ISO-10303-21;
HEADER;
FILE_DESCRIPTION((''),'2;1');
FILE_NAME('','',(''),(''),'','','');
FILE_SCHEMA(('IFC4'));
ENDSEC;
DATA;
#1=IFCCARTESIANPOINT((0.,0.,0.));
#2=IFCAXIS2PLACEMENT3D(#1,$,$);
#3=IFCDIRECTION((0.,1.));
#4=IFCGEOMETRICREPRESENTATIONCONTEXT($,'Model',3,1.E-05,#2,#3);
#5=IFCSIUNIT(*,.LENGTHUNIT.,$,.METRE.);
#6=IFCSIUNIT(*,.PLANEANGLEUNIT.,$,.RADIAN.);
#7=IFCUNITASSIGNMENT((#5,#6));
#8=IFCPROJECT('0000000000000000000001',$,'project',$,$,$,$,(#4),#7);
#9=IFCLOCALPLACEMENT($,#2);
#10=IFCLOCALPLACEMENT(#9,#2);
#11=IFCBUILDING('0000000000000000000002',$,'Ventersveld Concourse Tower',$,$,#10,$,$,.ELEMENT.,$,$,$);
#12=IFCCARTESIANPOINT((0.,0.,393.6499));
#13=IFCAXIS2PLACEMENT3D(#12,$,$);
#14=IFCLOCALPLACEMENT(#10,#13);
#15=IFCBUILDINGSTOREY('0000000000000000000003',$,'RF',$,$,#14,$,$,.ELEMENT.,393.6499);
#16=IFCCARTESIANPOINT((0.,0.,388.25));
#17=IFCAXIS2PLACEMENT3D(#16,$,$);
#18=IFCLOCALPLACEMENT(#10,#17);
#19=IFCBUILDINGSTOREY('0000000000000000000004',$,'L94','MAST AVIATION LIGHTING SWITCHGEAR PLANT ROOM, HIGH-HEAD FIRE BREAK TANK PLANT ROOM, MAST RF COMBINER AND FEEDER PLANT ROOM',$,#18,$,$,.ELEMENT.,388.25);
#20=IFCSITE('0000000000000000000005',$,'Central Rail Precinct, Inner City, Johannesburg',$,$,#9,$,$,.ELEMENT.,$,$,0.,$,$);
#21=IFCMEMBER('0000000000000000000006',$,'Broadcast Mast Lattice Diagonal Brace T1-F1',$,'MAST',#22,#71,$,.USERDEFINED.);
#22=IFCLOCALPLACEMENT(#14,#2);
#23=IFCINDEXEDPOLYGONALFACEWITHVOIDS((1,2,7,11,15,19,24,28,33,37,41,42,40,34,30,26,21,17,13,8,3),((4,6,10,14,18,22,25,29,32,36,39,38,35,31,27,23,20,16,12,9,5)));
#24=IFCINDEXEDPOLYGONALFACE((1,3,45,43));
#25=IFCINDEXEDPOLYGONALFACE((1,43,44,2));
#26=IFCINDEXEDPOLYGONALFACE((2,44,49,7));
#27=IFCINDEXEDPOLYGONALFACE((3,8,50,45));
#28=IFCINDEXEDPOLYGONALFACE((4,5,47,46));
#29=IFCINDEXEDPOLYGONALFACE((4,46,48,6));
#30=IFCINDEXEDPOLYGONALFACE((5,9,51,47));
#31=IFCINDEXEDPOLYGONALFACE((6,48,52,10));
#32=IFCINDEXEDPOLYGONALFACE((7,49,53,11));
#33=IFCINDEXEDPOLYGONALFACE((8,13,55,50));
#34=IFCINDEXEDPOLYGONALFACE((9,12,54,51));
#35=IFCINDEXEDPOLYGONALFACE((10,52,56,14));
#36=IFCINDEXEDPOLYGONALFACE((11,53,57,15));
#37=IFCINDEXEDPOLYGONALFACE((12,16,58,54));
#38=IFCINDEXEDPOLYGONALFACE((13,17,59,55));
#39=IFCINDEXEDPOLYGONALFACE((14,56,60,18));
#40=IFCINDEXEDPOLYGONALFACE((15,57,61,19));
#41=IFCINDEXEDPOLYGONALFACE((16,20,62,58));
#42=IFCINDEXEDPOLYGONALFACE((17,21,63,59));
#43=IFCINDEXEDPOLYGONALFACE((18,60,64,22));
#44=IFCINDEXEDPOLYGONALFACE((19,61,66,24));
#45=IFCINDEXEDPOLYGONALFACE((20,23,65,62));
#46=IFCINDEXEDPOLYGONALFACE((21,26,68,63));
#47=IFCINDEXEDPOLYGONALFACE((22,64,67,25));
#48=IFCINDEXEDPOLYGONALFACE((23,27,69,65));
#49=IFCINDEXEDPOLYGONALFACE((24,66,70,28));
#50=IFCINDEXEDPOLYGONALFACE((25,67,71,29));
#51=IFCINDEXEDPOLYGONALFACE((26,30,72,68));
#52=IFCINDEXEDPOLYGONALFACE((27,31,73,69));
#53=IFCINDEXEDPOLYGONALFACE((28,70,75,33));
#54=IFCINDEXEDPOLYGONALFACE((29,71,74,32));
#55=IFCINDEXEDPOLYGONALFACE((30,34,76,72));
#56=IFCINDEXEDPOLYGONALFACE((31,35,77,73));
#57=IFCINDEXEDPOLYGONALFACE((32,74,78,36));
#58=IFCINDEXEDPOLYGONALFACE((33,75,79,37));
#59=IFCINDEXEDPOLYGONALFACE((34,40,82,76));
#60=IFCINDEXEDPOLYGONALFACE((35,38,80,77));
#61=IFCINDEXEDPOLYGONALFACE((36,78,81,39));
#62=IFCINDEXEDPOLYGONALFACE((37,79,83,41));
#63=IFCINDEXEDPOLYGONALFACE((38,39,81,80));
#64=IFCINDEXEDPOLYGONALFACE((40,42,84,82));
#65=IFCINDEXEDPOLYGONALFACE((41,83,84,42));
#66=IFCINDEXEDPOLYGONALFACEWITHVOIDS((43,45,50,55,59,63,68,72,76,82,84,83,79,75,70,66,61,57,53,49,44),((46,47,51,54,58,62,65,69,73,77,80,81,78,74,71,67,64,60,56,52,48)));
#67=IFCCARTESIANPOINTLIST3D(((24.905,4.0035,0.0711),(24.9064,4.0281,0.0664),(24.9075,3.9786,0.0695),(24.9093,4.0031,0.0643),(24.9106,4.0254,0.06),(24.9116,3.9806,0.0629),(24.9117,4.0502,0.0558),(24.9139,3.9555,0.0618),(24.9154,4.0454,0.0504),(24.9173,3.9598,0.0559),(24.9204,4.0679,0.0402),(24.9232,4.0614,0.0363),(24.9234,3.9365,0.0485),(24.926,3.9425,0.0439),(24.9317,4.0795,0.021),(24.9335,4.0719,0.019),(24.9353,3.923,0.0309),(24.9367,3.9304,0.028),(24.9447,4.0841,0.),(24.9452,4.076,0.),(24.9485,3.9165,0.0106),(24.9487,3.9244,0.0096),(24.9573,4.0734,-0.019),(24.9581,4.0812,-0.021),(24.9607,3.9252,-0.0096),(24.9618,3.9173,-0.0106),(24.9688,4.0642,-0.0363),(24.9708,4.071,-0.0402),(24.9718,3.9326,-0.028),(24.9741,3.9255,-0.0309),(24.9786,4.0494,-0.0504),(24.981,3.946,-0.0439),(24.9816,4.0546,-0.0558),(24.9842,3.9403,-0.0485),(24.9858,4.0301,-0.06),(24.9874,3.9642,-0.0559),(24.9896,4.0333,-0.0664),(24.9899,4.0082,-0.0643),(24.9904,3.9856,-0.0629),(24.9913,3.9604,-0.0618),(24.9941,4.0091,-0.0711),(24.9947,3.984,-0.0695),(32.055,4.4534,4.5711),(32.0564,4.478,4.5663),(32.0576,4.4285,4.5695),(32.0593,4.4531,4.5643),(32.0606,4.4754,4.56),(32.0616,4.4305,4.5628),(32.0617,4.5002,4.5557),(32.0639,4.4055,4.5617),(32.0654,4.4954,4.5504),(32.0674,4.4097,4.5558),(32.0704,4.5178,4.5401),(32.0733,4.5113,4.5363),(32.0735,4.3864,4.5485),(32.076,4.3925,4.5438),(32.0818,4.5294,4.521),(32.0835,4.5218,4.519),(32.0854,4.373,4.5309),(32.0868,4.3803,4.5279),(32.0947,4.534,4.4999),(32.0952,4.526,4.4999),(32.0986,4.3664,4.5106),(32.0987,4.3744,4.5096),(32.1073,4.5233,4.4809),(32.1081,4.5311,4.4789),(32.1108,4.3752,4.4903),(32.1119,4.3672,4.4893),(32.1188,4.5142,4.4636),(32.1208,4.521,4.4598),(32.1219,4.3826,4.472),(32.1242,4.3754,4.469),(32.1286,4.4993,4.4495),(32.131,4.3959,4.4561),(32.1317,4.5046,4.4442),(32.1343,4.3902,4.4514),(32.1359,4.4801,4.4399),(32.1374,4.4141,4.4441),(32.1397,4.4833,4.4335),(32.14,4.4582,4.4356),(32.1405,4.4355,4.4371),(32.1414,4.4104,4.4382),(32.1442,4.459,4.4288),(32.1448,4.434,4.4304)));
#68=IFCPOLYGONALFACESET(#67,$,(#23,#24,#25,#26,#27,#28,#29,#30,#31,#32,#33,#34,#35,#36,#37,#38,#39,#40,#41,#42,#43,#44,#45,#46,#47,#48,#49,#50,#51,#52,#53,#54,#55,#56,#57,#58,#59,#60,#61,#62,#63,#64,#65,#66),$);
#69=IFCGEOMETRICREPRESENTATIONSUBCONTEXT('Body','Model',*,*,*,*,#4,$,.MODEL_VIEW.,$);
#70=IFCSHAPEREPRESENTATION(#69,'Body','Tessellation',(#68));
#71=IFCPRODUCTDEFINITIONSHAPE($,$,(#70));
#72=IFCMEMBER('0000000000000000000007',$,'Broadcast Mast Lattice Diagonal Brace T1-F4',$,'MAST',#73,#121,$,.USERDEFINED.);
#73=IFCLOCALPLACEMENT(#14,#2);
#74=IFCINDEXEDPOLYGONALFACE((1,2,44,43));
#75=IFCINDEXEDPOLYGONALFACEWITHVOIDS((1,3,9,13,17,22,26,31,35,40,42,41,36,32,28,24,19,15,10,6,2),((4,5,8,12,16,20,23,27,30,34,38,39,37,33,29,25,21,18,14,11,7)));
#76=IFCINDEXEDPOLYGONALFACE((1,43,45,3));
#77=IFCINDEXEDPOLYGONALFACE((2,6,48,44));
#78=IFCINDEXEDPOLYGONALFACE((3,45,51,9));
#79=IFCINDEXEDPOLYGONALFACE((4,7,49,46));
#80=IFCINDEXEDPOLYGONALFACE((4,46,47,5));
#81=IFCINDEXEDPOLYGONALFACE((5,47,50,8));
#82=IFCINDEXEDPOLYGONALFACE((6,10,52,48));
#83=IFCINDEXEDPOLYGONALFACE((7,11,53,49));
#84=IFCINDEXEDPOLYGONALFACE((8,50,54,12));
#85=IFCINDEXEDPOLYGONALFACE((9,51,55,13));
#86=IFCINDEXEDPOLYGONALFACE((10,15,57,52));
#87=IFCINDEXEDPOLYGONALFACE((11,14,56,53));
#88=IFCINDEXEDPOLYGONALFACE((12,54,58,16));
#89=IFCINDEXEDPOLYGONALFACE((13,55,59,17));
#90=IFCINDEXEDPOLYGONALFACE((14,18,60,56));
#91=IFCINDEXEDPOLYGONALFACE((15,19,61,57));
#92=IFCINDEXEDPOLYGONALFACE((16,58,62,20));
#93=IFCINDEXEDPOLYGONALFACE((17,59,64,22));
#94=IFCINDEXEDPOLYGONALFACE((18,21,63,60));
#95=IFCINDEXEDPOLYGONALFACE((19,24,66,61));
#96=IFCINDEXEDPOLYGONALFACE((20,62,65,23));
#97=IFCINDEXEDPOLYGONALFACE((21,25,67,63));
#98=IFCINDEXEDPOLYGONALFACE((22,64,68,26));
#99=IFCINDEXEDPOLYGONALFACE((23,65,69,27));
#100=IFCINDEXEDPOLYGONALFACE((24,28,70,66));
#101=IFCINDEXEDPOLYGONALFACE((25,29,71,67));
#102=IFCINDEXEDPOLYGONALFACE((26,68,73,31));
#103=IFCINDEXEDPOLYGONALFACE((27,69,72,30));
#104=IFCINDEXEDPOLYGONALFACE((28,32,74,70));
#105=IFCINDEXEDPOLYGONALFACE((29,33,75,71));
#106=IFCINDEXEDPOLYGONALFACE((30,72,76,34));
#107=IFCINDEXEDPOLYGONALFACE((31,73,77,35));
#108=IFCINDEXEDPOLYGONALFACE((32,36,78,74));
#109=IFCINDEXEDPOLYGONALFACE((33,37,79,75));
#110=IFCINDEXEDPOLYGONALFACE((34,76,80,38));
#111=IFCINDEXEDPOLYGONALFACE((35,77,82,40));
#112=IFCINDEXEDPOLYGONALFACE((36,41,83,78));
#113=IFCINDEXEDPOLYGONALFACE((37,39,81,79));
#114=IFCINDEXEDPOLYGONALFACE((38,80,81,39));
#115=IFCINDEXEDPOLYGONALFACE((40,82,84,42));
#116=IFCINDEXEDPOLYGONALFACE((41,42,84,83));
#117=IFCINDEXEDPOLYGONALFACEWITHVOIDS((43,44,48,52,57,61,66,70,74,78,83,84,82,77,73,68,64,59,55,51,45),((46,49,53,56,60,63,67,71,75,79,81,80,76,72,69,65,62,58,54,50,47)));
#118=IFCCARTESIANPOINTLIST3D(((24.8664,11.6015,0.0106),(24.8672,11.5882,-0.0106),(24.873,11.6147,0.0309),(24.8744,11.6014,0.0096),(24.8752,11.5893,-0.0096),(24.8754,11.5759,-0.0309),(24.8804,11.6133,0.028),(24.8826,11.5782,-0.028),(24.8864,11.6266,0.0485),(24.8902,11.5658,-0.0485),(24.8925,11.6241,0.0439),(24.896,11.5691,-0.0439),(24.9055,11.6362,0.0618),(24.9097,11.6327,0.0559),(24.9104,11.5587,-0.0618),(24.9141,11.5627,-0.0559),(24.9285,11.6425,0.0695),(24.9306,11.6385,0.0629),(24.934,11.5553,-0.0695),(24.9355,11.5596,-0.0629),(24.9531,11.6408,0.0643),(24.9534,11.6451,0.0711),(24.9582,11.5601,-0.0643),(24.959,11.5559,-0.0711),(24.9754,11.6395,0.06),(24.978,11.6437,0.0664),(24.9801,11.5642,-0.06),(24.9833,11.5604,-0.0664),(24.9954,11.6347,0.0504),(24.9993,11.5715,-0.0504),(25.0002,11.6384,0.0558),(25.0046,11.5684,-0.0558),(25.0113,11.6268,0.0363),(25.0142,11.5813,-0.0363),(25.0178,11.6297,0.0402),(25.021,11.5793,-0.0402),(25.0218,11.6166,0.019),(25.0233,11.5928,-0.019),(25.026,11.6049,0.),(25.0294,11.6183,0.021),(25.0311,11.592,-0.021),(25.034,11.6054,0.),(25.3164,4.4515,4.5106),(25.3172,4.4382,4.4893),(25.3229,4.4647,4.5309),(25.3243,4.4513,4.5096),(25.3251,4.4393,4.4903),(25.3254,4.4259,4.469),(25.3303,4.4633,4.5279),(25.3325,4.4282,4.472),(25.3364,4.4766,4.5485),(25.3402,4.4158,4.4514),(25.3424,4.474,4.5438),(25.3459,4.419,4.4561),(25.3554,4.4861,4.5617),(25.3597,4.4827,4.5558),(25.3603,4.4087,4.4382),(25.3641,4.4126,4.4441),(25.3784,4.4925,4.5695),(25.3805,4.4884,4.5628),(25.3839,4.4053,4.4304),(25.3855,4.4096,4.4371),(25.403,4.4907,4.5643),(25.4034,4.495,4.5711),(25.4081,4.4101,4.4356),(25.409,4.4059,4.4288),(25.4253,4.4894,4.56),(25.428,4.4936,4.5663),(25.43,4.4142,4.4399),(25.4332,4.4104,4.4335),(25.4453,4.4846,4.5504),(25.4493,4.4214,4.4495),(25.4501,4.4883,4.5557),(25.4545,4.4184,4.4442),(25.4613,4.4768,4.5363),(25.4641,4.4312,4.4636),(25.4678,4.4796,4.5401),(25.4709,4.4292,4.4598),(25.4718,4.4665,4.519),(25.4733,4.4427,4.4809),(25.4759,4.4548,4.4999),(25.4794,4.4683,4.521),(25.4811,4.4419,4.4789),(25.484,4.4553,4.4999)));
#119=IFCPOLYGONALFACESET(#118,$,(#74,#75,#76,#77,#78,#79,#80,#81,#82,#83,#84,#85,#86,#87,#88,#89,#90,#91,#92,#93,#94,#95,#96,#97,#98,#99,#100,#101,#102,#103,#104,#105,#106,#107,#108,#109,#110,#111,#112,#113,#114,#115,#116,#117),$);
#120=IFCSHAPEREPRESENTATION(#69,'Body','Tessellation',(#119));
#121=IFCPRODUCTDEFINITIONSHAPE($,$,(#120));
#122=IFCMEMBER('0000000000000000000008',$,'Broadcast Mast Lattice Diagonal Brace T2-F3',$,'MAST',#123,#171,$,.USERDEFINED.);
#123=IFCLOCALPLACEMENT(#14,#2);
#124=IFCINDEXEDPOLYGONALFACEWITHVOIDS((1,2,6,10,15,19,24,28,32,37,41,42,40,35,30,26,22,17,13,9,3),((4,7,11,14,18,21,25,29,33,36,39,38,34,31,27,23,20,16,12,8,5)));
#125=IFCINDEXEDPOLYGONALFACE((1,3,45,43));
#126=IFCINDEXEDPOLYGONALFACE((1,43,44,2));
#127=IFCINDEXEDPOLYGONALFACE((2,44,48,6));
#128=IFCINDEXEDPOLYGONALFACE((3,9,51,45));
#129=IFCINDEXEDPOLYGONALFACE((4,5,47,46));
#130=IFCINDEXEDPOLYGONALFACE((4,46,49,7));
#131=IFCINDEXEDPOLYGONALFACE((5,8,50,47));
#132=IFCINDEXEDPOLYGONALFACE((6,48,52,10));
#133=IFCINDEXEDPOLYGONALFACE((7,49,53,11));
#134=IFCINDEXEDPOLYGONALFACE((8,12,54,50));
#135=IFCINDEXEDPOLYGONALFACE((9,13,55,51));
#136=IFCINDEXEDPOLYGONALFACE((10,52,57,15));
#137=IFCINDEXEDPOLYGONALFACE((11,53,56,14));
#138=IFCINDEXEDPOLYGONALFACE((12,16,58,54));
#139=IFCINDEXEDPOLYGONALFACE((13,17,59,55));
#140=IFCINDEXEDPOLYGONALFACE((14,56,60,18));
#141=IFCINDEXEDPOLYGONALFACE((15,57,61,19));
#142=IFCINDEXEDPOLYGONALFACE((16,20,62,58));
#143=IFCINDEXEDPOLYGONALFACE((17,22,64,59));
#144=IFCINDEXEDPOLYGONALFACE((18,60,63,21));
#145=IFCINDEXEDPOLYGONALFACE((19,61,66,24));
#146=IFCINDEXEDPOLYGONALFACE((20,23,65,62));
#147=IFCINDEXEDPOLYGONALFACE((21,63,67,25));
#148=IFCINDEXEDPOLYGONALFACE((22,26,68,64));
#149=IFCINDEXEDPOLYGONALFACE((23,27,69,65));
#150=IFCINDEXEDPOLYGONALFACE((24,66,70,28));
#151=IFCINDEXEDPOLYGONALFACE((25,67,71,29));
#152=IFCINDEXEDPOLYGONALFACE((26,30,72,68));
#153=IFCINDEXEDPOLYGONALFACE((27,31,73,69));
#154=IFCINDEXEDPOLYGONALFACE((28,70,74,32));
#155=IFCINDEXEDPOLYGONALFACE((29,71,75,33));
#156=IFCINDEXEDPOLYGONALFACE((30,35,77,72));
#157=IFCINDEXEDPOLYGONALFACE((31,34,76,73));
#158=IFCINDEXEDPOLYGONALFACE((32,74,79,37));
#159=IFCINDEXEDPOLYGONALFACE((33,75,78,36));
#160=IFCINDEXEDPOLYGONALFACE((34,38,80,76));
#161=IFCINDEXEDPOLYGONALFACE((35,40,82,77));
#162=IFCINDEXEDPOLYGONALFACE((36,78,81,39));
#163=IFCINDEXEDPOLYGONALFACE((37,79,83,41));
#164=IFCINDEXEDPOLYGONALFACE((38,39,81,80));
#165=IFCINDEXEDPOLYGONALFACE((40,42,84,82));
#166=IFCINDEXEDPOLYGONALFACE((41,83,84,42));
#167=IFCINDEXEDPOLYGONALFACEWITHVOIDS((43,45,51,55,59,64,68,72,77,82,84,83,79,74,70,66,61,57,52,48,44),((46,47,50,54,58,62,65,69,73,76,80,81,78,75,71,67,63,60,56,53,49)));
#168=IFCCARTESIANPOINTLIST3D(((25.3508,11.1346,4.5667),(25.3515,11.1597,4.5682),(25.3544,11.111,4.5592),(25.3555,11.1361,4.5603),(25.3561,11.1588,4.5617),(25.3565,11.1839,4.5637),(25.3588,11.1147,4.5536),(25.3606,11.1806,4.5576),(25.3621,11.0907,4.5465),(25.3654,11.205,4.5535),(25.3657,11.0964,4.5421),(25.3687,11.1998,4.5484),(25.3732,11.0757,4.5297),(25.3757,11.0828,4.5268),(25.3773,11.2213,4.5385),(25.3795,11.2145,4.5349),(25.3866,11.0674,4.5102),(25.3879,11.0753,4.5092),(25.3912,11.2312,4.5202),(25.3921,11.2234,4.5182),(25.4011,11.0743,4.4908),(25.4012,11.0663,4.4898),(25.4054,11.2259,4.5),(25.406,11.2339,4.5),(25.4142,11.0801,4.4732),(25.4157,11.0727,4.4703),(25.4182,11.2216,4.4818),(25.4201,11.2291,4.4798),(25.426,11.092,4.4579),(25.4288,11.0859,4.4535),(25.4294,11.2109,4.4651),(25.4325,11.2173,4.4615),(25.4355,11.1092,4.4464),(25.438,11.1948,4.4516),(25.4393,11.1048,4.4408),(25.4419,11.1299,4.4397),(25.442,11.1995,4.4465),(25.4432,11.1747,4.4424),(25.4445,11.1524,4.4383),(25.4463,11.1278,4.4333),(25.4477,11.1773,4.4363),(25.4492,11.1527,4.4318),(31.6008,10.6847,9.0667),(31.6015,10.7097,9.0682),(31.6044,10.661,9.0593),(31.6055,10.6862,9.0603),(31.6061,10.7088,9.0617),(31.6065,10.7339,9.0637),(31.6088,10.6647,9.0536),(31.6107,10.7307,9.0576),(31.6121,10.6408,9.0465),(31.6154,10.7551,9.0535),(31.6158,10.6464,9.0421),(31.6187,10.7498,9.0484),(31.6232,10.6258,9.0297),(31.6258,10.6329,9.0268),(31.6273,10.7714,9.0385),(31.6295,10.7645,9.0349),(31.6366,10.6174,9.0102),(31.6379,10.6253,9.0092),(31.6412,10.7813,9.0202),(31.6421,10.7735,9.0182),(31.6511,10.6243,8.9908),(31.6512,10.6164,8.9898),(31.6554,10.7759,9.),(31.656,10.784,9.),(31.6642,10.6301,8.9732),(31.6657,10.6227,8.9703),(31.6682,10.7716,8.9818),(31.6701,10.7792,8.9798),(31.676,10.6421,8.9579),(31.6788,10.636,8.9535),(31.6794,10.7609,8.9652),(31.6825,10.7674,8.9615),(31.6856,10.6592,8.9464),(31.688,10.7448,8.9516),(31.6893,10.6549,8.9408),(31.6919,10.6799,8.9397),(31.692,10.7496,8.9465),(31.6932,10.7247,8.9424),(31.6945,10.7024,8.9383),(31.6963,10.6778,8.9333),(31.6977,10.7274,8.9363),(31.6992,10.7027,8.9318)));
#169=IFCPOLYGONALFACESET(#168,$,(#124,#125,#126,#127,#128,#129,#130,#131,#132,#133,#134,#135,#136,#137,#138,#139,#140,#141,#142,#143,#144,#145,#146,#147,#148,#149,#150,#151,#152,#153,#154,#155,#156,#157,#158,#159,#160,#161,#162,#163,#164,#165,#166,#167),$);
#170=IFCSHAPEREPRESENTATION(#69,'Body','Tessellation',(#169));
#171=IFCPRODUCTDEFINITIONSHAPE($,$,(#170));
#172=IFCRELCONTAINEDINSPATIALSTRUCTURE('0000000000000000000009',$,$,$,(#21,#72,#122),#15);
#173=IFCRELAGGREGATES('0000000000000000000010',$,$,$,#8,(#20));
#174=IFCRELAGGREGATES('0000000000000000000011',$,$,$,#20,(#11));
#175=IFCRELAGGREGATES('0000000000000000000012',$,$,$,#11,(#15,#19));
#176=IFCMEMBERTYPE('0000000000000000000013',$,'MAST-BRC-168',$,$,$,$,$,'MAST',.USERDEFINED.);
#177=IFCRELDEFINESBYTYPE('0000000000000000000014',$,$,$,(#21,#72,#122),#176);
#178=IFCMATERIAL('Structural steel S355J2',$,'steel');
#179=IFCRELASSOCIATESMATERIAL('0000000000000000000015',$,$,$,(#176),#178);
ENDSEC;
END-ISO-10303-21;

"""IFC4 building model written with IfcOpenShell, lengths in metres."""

from ifc_helpers import new_model, si_unit, direction, frame, origin, origin_2d, place, context, subcontext, project, spatial, hollow_circle, extrude, material, material_profile, profile_set, type_object, element, save


model = new_model("IFC4")

# Units and contexts
model_context = context("Model", 3, precision=1e-05, world=origin(), true_north=direction((0.0, 1.0)))
body_context = subcontext(model_context, "Body", "Model", "MODEL_VIEW")
ifc_project = project(units=[si_unit("LENGTHUNIT", "METRE"), si_unit("PLANEANGLEUNIT", "RADIAN")], contexts=[model_context])

# Site, building, storey
site_placement = place(None, origin())
site = spatial("IfcSite", under=ifc_project, at=site_placement, Name="Central Rail Precinct, Inner City, Johannesburg", CompositionType="ELEMENT", RefElevation=0.0)
building_placement = place(site_placement, origin())
building = spatial("IfcBuilding", under=site, at=building_placement, Name="Ventersveld Concourse Tower", CompositionType="ELEMENT")
storey_1_placement = place(building_placement, frame((0.0, 0.0, 393.6499)))
storey_1 = spatial("IfcBuildingStorey", under=building, at=storey_1_placement, Name="RF", CompositionType="ELEMENT", Elevation=393.6499)

# Members
ifc_material_1 = material(Name="Structural steel S355J2", Category="steel")
ifc_material_profile_1 = material_profile(ifc_material_1, hollow_circle(Radius=0.0842, WallThickness=0.0081, at=origin_2d()), Name="CHS 168.3x8")
ifc_profile_set_1 = profile_set([ifc_material_profile_1], Name="Structural steel S355J2")
member_type_1 = type_object("IfcMemberType", Name="MAST-BRC-168", ElementType="MAST", PredefinedType="USERDEFINED", material=ifc_profile_set_1)
for number, where, z_axis, x_axis, name in (
    (1, (24.95, 4.0, 0.0), (0.845139, 0.053184, 0.531895), (-0.062805, 0.998026, 0.0), "Broadcast Mast Lattice Diagonal Brace T1-F1"),
    (2, (24.95, 11.6001, 0.0), (0.053184, -0.845139, 0.531895), (0.998026, 0.062805, 0.0), "Broadcast Mast Lattice Diagonal Brace T1-F4"),
):
    element("IfcMember", number, at=place(storey_1_placement, frame(where, z_axis=z_axis, x_axis=x_axis)), inside=storey_1, type_object=member_type_1, Name=name, ObjectType="MAST", PredefinedType="USERDEFINED", context=body_context, shape_type="SweptSolid", body=[
        extrude(hollow_circle(Radius=0.0842, WallThickness=0.0081, at=origin_2d()), origin(), (0.0, 0.0, 1.0), 8.4602),
    ])
for number, where, z_axis, x_axis, name in (
    (3, (25.3999, 11.1499, 4.5), (0.810153, -0.058325, 0.58331), (0.071806, 0.997419, 0.0), "Broadcast Mast Lattice Diagonal Brace T2-F3"),
):
    element("IfcMember", number, at=place(storey_1_placement, frame(where, z_axis=z_axis, x_axis=x_axis)), inside=storey_1, type_object=member_type_1, Name=name, ObjectType="MAST", PredefinedType="USERDEFINED", context=body_context, shape_type="SweptSolid", body=[
        extrude(hollow_circle(Radius=0.0842, WallThickness=0.0081, at=origin_2d()), origin(), (0.0, 0.0, 1.0), 7.7146),
    ])

# Shared definitions
storey_2_placement = place(building_placement, frame((0.0, 0.0, 388.25)))
storey_2 = spatial("IfcBuildingStorey", under=building, at=storey_2_placement, Name="L94", Description="MAST AVIATION LIGHTING SWITCHGEAR PLANT ROOM, HIGH-HEAD FIRE BREAK TANK PLANT ROOM, MAST RF COMBINER AND FEEDER PLANT ROOM", CompositionType="ELEMENT", Elevation=388.25)

save(model, "model.ifc")
